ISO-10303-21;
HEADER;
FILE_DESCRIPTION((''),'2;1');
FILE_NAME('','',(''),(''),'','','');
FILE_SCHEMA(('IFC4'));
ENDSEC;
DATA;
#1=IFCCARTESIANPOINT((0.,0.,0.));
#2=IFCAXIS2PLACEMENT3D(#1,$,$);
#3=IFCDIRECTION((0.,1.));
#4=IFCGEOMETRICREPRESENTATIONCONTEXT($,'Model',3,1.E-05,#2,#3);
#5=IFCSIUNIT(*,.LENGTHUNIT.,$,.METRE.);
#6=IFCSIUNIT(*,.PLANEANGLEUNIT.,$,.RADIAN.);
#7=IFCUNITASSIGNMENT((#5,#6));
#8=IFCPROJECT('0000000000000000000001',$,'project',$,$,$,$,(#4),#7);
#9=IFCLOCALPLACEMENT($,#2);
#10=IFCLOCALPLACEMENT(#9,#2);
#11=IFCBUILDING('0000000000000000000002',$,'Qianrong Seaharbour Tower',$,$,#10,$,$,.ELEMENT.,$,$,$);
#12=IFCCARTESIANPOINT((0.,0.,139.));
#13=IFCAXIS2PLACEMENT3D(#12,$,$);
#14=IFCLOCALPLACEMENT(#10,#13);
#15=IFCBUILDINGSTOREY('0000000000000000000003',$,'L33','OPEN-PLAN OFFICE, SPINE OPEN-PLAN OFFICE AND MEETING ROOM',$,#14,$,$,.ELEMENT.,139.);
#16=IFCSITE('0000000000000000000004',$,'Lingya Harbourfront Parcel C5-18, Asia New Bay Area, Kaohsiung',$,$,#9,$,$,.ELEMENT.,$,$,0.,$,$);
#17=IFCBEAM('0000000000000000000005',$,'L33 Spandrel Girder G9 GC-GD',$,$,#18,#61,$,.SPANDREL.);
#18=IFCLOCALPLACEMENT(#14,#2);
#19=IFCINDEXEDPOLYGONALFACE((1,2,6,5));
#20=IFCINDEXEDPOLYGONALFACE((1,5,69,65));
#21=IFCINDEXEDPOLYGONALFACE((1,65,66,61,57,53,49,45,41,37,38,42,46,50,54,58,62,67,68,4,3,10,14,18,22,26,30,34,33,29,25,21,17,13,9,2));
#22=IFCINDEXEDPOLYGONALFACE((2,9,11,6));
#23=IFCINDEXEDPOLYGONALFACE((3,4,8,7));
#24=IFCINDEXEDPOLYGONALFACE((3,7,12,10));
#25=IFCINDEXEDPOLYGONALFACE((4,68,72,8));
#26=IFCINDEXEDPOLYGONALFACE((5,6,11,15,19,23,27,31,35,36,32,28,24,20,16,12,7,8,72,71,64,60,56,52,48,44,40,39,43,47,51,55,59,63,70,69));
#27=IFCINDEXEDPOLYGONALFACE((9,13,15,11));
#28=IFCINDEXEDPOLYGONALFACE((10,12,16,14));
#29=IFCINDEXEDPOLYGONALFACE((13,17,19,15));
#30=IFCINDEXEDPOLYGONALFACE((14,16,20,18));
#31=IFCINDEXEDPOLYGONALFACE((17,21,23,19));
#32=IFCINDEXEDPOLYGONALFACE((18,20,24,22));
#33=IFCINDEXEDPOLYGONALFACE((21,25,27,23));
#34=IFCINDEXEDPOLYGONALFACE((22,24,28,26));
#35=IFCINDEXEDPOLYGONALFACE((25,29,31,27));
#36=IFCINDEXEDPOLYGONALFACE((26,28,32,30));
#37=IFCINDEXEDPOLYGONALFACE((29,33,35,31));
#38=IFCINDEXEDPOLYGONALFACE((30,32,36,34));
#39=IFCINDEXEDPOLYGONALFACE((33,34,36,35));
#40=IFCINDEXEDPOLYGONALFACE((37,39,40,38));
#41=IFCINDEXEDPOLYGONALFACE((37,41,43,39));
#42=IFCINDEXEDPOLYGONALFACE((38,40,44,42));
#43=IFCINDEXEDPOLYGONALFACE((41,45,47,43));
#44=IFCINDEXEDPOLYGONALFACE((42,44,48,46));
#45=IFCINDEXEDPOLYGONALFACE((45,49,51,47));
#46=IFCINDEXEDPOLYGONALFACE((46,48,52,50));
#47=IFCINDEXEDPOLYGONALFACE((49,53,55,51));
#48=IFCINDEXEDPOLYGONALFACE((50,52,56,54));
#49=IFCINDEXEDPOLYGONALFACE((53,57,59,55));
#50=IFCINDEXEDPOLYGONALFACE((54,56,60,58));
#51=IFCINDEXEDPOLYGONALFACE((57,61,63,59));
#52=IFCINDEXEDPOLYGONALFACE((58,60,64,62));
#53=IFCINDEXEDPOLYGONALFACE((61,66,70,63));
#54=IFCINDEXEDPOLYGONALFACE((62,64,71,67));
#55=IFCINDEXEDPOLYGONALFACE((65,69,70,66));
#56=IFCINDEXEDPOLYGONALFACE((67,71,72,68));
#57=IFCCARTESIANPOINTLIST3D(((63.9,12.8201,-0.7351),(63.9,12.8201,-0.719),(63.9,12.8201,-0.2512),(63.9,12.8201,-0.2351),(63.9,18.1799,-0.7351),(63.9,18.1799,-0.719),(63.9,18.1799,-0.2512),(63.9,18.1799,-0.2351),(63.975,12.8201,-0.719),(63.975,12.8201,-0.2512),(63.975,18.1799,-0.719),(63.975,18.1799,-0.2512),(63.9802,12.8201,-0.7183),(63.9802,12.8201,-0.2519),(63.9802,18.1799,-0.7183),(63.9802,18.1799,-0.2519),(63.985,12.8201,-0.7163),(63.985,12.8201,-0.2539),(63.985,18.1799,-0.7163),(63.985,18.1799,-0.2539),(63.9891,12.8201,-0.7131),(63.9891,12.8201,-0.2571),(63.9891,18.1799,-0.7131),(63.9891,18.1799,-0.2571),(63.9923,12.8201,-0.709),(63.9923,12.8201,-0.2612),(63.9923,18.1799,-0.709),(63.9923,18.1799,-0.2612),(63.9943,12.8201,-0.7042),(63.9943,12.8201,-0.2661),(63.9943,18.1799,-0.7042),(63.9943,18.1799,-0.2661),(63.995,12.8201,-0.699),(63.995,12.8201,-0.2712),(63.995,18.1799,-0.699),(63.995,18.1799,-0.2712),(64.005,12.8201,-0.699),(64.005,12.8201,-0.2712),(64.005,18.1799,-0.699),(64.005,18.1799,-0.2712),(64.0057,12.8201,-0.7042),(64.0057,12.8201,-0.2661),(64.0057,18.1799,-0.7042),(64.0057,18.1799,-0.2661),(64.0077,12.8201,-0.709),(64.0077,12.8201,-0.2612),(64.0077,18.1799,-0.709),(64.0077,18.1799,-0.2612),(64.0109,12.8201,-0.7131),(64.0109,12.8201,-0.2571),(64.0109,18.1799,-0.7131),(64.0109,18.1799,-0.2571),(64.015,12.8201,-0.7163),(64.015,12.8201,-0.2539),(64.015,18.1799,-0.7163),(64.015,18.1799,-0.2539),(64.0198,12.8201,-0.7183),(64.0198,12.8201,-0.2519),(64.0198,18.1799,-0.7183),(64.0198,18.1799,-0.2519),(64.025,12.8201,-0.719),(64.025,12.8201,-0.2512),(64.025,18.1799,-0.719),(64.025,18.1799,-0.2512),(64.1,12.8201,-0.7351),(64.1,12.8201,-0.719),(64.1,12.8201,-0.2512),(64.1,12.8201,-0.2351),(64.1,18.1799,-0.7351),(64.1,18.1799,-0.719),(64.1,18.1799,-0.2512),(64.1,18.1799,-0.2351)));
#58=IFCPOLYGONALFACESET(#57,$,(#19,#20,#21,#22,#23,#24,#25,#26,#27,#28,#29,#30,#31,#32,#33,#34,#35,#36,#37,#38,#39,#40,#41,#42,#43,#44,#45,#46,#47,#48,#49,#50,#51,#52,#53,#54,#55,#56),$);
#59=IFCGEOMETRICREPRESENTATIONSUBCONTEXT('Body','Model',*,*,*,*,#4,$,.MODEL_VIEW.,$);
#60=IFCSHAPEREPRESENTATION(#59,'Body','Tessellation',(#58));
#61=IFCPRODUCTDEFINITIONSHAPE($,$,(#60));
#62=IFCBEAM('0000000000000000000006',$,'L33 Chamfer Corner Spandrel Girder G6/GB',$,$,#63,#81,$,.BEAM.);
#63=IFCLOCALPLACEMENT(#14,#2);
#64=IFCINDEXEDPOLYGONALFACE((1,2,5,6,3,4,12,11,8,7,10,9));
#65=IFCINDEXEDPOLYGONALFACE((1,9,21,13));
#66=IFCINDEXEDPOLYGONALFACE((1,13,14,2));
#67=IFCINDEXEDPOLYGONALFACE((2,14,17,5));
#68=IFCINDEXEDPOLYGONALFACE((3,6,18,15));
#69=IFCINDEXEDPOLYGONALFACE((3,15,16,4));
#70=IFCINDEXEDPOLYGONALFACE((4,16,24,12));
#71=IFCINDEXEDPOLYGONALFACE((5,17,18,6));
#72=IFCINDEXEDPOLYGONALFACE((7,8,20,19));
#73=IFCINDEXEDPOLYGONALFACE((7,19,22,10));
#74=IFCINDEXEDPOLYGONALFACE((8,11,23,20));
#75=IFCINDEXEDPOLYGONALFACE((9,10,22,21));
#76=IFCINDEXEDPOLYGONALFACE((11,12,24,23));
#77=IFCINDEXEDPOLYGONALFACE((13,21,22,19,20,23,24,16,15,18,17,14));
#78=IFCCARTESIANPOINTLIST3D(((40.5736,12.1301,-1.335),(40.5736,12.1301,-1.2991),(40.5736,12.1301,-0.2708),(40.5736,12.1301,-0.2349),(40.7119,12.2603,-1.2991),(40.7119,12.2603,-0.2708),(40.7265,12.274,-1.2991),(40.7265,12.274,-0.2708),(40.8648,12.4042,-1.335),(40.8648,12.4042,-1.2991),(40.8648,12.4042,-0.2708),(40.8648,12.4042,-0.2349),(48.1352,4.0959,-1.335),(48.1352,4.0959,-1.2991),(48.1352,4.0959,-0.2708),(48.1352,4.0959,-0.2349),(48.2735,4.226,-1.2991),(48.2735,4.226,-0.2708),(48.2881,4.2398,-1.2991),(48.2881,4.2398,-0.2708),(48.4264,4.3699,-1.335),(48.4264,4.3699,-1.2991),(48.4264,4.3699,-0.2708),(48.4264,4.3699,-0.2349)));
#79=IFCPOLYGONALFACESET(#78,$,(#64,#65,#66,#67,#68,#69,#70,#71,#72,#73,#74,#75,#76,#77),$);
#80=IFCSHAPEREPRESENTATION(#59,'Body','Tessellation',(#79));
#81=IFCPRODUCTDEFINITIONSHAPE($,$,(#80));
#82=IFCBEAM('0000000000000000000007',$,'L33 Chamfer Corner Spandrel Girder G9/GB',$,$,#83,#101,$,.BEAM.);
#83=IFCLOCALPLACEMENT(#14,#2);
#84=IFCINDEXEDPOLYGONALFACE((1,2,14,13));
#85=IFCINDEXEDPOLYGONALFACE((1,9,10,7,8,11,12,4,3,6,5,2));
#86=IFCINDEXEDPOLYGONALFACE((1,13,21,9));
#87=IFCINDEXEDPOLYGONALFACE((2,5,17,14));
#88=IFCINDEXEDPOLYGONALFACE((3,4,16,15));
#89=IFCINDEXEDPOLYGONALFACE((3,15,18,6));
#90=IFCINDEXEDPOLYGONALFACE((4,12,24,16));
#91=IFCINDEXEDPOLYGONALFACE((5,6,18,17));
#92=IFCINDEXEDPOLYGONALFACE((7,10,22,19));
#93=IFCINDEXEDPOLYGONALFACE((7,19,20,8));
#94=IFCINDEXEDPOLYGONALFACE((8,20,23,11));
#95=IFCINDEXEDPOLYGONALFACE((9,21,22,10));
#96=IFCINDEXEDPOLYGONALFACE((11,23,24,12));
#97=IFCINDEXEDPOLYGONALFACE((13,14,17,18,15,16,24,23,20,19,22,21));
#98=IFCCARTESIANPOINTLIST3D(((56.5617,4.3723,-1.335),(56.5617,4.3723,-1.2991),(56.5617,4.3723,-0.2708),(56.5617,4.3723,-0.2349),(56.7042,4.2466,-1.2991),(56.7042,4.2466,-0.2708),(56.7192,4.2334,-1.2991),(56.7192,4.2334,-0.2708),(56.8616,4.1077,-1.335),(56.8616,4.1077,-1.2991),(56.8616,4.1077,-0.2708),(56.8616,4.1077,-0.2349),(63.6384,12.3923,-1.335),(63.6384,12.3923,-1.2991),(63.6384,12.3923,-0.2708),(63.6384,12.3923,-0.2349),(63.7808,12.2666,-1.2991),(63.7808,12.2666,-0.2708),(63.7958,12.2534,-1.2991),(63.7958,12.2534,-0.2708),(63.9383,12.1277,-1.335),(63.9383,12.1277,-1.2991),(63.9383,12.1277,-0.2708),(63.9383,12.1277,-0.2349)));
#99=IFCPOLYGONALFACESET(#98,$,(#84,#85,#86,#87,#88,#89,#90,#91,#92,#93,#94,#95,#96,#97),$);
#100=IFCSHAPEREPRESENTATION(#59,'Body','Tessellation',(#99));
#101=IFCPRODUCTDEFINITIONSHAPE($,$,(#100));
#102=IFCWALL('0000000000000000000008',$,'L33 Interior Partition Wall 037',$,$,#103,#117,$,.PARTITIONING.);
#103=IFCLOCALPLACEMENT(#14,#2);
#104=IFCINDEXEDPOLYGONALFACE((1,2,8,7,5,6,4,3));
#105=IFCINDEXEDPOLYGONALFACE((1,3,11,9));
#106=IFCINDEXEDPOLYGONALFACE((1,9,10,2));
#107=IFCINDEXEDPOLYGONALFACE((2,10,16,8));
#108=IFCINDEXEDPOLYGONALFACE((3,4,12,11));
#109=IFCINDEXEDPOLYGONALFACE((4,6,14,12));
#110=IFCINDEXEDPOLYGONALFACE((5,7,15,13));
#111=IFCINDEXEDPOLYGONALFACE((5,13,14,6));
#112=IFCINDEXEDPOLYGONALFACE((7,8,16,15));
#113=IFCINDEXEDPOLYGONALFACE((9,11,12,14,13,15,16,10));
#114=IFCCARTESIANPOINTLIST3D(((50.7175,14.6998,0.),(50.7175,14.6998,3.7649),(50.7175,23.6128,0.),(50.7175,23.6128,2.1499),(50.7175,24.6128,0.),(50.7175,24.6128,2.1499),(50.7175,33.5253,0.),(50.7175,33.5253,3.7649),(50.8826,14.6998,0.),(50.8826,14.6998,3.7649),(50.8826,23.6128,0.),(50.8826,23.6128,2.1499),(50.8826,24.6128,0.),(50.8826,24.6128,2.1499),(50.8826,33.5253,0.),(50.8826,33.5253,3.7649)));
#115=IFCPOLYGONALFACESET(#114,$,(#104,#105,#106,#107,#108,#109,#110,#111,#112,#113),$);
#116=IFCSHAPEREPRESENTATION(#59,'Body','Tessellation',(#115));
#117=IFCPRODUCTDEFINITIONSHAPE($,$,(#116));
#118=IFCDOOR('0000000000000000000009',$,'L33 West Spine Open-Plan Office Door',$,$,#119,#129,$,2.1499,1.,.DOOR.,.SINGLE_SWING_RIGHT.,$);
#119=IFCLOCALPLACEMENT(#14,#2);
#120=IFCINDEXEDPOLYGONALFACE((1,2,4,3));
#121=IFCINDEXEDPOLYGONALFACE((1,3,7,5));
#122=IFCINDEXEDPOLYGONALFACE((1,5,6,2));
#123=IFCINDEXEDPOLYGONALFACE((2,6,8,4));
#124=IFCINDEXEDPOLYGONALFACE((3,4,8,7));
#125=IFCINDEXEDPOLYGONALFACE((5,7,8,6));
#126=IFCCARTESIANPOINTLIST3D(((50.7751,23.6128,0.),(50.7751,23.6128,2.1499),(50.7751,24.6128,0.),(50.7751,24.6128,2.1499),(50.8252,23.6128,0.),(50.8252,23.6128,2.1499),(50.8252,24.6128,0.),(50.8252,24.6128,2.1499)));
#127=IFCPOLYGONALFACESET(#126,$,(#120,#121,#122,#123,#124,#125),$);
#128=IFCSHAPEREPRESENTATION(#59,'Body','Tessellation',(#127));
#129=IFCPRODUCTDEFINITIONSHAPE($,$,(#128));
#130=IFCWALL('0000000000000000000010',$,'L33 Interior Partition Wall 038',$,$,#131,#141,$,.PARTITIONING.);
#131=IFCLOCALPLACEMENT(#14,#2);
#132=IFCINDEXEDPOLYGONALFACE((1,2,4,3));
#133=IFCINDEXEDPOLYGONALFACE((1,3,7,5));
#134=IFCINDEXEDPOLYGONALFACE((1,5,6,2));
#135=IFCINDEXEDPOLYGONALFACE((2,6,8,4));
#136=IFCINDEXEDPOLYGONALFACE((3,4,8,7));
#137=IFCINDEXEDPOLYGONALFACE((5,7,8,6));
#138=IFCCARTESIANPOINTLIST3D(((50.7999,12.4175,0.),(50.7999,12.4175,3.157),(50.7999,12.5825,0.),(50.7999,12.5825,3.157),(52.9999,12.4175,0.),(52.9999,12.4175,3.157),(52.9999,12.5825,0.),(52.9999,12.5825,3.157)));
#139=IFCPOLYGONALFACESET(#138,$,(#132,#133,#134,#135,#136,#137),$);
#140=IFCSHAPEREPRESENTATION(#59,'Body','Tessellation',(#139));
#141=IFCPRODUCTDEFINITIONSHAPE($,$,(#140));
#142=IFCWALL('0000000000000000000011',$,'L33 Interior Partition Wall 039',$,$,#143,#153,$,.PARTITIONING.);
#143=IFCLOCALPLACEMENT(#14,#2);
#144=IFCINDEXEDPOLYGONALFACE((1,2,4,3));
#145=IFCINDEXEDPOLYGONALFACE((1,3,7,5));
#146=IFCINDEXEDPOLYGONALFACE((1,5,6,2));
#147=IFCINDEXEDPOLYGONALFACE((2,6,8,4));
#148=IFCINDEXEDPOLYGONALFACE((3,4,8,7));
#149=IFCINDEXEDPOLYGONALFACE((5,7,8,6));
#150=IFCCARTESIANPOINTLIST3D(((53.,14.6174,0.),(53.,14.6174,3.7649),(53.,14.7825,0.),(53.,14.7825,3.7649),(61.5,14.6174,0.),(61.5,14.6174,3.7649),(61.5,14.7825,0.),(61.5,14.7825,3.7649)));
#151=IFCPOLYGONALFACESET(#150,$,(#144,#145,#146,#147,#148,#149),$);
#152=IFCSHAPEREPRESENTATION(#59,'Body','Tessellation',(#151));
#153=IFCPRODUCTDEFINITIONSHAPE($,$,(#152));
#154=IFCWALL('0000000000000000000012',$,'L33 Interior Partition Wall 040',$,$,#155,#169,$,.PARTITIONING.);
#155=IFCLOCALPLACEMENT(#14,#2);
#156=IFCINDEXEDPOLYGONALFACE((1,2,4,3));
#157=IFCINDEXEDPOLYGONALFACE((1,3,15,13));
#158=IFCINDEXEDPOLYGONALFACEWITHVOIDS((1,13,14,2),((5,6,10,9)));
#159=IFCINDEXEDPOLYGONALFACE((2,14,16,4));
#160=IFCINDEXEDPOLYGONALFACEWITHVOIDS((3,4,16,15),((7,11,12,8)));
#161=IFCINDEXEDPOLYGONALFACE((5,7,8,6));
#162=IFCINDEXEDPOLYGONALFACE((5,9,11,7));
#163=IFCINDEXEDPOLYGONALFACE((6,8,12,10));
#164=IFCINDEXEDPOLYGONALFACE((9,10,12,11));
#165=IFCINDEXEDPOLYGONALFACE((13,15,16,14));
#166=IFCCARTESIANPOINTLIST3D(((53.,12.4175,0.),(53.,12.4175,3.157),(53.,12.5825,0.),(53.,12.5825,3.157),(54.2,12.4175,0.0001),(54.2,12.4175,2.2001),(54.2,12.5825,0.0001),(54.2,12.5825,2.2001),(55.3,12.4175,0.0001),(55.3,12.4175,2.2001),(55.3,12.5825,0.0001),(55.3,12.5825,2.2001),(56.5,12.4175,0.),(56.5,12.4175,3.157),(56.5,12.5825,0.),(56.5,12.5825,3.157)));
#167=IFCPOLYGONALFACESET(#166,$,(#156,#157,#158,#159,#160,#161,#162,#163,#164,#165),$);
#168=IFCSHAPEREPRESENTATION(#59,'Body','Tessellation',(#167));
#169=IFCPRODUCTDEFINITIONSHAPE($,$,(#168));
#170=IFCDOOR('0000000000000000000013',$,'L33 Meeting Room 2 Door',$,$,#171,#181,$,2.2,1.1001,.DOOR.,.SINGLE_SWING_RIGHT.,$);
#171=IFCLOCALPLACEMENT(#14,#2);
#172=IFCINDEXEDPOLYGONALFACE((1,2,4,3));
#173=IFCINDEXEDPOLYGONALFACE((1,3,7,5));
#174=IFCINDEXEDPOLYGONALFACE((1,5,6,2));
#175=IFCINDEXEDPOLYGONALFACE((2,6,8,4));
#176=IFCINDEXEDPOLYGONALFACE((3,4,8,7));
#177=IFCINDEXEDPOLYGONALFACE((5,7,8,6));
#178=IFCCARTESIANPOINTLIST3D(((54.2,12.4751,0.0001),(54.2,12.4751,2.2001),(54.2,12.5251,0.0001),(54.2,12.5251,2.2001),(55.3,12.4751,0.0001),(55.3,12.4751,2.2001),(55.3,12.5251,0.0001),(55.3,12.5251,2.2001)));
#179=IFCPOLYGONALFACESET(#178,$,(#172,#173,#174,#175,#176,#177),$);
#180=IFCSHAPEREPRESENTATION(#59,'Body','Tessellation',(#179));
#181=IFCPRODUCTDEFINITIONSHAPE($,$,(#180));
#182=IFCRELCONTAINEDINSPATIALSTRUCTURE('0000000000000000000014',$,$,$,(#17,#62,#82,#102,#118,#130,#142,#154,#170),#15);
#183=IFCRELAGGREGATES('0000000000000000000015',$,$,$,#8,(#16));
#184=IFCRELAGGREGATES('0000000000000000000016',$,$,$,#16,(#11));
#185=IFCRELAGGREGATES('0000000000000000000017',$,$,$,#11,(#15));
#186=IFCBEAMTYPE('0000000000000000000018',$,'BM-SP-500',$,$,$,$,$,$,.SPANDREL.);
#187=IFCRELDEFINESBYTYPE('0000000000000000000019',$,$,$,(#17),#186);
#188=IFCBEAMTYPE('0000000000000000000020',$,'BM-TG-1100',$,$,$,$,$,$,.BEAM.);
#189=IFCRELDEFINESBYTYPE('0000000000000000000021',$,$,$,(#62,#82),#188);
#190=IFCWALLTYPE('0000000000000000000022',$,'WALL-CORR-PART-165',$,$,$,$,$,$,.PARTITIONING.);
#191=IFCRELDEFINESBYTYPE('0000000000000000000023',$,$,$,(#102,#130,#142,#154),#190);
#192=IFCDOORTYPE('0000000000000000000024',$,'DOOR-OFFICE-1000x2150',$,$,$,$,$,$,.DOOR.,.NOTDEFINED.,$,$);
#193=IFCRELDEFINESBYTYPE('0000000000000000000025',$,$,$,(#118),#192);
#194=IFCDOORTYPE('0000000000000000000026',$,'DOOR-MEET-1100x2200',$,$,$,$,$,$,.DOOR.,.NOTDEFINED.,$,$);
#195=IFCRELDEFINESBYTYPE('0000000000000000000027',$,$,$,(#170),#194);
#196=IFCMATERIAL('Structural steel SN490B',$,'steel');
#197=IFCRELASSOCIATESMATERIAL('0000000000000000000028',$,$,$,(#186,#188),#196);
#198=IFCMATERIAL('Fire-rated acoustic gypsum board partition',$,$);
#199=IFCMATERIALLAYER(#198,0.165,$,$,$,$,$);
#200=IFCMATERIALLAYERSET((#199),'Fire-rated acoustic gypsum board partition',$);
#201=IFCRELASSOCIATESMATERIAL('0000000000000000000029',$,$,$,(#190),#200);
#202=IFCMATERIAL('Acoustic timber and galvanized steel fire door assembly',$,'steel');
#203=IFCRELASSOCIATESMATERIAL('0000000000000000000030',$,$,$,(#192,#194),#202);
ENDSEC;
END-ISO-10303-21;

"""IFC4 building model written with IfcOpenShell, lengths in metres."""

from ifc_helpers import new_model, si_unit, direction, frame, frame_2d, origin, origin_2d, place, context, subcontext, project, spatial, rectangle, i_section, extrude, material, layer, layer_set, material_profile, profile_set, type_object, element, fill, save


model = new_model("IFC4")

# Units and contexts
model_context = context("Model", 3, precision=1e-05, world=origin(), true_north=direction((0.0, 1.0)))
body_context = subcontext(model_context, "Body", "Model", "MODEL_VIEW")
ifc_project = project(units=[si_unit("LENGTHUNIT", "METRE"), si_unit("PLANEANGLEUNIT", "RADIAN")], contexts=[model_context])

# Site, building, storey
site_placement = place(None, origin())
site = spatial("IfcSite", under=ifc_project, at=site_placement, Name="Lingya Harbourfront Parcel C5-18, Asia New Bay Area, Kaohsiung", CompositionType="ELEMENT", RefElevation=0.0)
building_placement = place(site_placement, origin())
building = spatial("IfcBuilding", under=site, at=building_placement, Name="Qianrong Seaharbour Tower", CompositionType="ELEMENT")
storey_placement = place(building_placement, frame((0.0, 0.0, 139.0)))
storey = spatial("IfcBuildingStorey", under=building, at=storey_placement, Name="L33", Description="OPEN-PLAN OFFICE, SPINE OPEN-PLAN OFFICE AND MEETING ROOM", CompositionType="ELEMENT", Elevation=139.0)

# Shared definitions
ifc_material_1 = material(Name="Structural steel SN490B", Category="steel")

# Beams
ifc_material_profile_1 = material_profile(ifc_material_1, i_section(OverallWidth=0.2, OverallDepth=0.5, WebThickness=0.01, FlangeThickness=0.0161, FilletRadius=0.02, at=origin_2d()), Name="H500x200x10x16")
ifc_profile_set_1 = profile_set([ifc_material_profile_1], Name="Structural steel SN490B")
beam_type_1 = type_object("IfcBeamType", Name="BM-SP-500", PredefinedType="SPANDREL", material=ifc_profile_set_1)
beam_1_placement = place(storey_placement, frame((64.0, 12.8201, -0.4851), z_axis=(0.0, 1.0, 0.0), x_axis=(-1.0, 0.0, 0.0)))
element("IfcBeam", 1, at=beam_1_placement, inside=storey, type_object=beam_type_1, Name="L33 Spandrel Girder G9 GC-GD", PredefinedType="SPANDREL", context=body_context, shape_type="SweptSolid", body=[
    extrude(i_section(OverallWidth=0.2, OverallDepth=0.5, WebThickness=0.01, FlangeThickness=0.0161, FilletRadius=0.02, at=origin_2d()), origin(), (0.0, 0.0, 1.0), 5.3599),
])
ifc_material_profile_2 = material_profile(ifc_material_1, i_section(OverallWidth=0.3999, OverallDepth=1.1001, WebThickness=0.02, FlangeThickness=0.0359, at=origin_2d()), Name="BH1100x400x20x36")
ifc_profile_set_2 = profile_set([ifc_material_profile_2], Name="Structural steel SN490B")
beam_type_2 = type_object("IfcBeamType", Name="BM-TG-1100", PredefinedType="BEAM", material=ifc_profile_set_2)
beam_2_placement = place(storey_placement, frame((48.2808, 4.2329, -0.7849), z_axis=(-0.685362, 0.728203, 0.0), x_axis=(-0.728203, -0.685362, 0.0)))
element("IfcBeam", 2, at=beam_2_placement, inside=storey, type_object=beam_type_2, Name="L33 Chamfer Corner Spandrel Girder G6/GB", PredefinedType="BEAM", context=body_context, shape_type="SweptSolid", body=[
    extrude(i_section(OverallWidth=0.3999, OverallDepth=1.1001, WebThickness=0.02, FlangeThickness=0.0359, at=origin_2d()), origin(), (0.0, 0.0, 1.0), 11.033),
])
beam_3_placement = place(storey_placement, frame((56.7117, 4.24, -0.7849), z_axis=(0.661631, 0.74983, 0.0), x_axis=(-0.74983, 0.661631, 0.0)))
element("IfcBeam", 3, at=beam_3_placement, inside=storey, type_object=beam_type_2, Name="L33 Chamfer Corner Spandrel Girder G9/GB", PredefinedType="BEAM", context=body_context, shape_type="SweptSolid", body=[
    extrude(i_section(OverallWidth=0.3999, OverallDepth=1.1001, WebThickness=0.02, FlangeThickness=0.0359, at=origin_2d()), origin(), (0.0, 0.0, 1.0), 10.6958),
])

# Wall, opening, door
ifc_material_2 = material(Name="Fire-rated acoustic gypsum board partition")
ifc_layer_1 = layer(ifc_material_2, 0.165)
ifc_layer_set_1 = layer_set([ifc_layer_1], Name="Fire-rated acoustic gypsum board partition")
wall_type_1 = type_object("IfcWallType", Name="WALL-CORR-PART-165", PredefinedType="PARTITIONING", material=ifc_layer_set_1)
wall_1_placement = place(storey_placement, frame((50.8, 14.7, 0.0), z_axis=(0.0, 0.0, 1.0), x_axis=(0.0, 1.0, 0.0)))
wall_1 = element("IfcWall", 4, at=wall_1_placement, inside=storey, type_object=wall_type_1, Name="L33 Interior Partition Wall 037", PredefinedType="PARTITIONING", context=body_context, shape_type="SweptSolid", body=[
    extrude(rectangle(XDim=18.8254, YDim=0.165, at=frame_2d((9.4126, 0.0))), origin(), (0.0, 0.0, 1.0), 3.7649),
])
opening_1_placement = place(wall_1_placement, frame((8.9128, 0.0, 0.0)))
opening_1 = element("IfcOpeningElement", 5, at=opening_1_placement, cuts=wall_1, PredefinedType="OPENING", context=body_context, shape_type="SweptSolid", body=[
    extrude(rectangle(XDim=1.0, YDim=2.1499, at=frame_2d((0.5, 1.075))), frame((0.0, 0.0925, 0.0), z_axis=(0.0, -1.0, 0.0), x_axis=(1.0, 0.0, 0.0)), (0.0, 0.0, 1.0), 0.1851),
])
ifc_material_3 = material(Name="Acoustic timber and galvanized steel fire door assembly", Category="steel")
door_type_1 = type_object("IfcDoorType", Name="DOOR-OFFICE-1000x2150", OperationType="NOTDEFINED", PredefinedType="DOOR", material=ifc_material_3)
door_1_placement = place(opening_1_placement, origin())
door_1 = element("IfcDoor", 6, at=door_1_placement, inside=storey, type_object=door_type_1, Name="L33 West Spine Open-Plan Office Door", OperationType="SINGLE_SWING_RIGHT", OverallHeight=2.1499, OverallWidth=1.0, PredefinedType="DOOR", context=body_context, shape_type="SweptSolid", body=[
    extrude(rectangle(XDim=1.0, YDim=2.1499, at=frame_2d((0.5, 1.075))), frame((0.0, 0.0249, 0.0), z_axis=(0.0, -1.0, 0.0), x_axis=(1.0, 0.0, 0.0)), (0.0, 0.0, 1.0), 0.05),
])
fill(opening_1, door_1)

# Walls
wall_2_placement = place(storey_placement, frame((53.0, 12.5, 0.0), z_axis=(0.0, 0.0, 1.0), x_axis=(-1.0, 0.0, 0.0)))
element("IfcWall", 7, at=wall_2_placement, inside=storey, type_object=wall_type_1, Name="L33 Interior Partition Wall 038", PredefinedType="PARTITIONING", context=body_context, shape_type="SweptSolid", body=[
    extrude(rectangle(XDim=2.2, YDim=0.165, at=frame_2d((1.1001, 0.0))), origin(), (0.0, 0.0, 1.0), 3.157),
])
wall_3_placement = place(storey_placement, frame((53.0, 14.7, 0.0), z_axis=(0.0, 0.0, 1.0), x_axis=(1.0, 0.0, 0.0)))
element("IfcWall", 8, at=wall_3_placement, inside=storey, type_object=wall_type_1, Name="L33 Interior Partition Wall 039", PredefinedType="PARTITIONING", context=body_context, shape_type="SweptSolid", body=[
    extrude(rectangle(XDim=8.5, YDim=0.165, at=frame_2d((4.25, 0.0))), origin(), (0.0, 0.0, 1.0), 3.7649),
])

# Wall, opening, door
wall_4_placement = place(storey_placement, frame((56.5, 12.5, 0.0), z_axis=(0.0, 0.0, 1.0), x_axis=(-1.0, 0.0, 0.0)))
wall_4 = element("IfcWall", 9, at=wall_4_placement, inside=storey, type_object=wall_type_1, Name="L33 Interior Partition Wall 040", PredefinedType="PARTITIONING", context=body_context, shape_type="SweptSolid", body=[
    extrude(rectangle(XDim=3.5, YDim=0.165, at=frame_2d((1.75, 0.0))), origin(), (0.0, 0.0, 1.0), 3.157),
])
opening_2_placement = place(wall_4_placement, frame((1.2, 0.0, 0.0)))
opening_2 = element("IfcOpeningElement", 10, at=opening_2_placement, cuts=wall_4, PredefinedType="OPENING", context=body_context, shape_type="SweptSolid", body=[
    extrude(rectangle(XDim=1.1001, YDim=2.2, at=frame_2d((0.55, 1.1001))), frame((0.0, 0.0925, 0.0), z_axis=(0.0, -1.0, 0.0), x_axis=(1.0, 0.0, 0.0)), (0.0, 0.0, 1.0), 0.1851),
])
door_type_2 = type_object("IfcDoorType", Name="DOOR-MEET-1100x2200", OperationType="NOTDEFINED", PredefinedType="DOOR", material=ifc_material_3)
door_2_placement = place(opening_2_placement, origin())
door_2 = element("IfcDoor", 11, at=door_2_placement, inside=storey, type_object=door_type_2, Name="L33 Meeting Room 2 Door", OperationType="SINGLE_SWING_RIGHT", OverallHeight=2.2, OverallWidth=1.1001, PredefinedType="DOOR", context=body_context, shape_type="SweptSolid", body=[
    extrude(rectangle(XDim=1.1001, YDim=2.2, at=frame_2d((0.55, 1.1001))), frame((0.0, 0.0249, 0.0), z_axis=(0.0, -1.0, 0.0), x_axis=(1.0, 0.0, 0.0)), (0.0, 0.0, 1.0), 0.05),
])
fill(opening_2, door_2)

save(model, "model.ifc")
